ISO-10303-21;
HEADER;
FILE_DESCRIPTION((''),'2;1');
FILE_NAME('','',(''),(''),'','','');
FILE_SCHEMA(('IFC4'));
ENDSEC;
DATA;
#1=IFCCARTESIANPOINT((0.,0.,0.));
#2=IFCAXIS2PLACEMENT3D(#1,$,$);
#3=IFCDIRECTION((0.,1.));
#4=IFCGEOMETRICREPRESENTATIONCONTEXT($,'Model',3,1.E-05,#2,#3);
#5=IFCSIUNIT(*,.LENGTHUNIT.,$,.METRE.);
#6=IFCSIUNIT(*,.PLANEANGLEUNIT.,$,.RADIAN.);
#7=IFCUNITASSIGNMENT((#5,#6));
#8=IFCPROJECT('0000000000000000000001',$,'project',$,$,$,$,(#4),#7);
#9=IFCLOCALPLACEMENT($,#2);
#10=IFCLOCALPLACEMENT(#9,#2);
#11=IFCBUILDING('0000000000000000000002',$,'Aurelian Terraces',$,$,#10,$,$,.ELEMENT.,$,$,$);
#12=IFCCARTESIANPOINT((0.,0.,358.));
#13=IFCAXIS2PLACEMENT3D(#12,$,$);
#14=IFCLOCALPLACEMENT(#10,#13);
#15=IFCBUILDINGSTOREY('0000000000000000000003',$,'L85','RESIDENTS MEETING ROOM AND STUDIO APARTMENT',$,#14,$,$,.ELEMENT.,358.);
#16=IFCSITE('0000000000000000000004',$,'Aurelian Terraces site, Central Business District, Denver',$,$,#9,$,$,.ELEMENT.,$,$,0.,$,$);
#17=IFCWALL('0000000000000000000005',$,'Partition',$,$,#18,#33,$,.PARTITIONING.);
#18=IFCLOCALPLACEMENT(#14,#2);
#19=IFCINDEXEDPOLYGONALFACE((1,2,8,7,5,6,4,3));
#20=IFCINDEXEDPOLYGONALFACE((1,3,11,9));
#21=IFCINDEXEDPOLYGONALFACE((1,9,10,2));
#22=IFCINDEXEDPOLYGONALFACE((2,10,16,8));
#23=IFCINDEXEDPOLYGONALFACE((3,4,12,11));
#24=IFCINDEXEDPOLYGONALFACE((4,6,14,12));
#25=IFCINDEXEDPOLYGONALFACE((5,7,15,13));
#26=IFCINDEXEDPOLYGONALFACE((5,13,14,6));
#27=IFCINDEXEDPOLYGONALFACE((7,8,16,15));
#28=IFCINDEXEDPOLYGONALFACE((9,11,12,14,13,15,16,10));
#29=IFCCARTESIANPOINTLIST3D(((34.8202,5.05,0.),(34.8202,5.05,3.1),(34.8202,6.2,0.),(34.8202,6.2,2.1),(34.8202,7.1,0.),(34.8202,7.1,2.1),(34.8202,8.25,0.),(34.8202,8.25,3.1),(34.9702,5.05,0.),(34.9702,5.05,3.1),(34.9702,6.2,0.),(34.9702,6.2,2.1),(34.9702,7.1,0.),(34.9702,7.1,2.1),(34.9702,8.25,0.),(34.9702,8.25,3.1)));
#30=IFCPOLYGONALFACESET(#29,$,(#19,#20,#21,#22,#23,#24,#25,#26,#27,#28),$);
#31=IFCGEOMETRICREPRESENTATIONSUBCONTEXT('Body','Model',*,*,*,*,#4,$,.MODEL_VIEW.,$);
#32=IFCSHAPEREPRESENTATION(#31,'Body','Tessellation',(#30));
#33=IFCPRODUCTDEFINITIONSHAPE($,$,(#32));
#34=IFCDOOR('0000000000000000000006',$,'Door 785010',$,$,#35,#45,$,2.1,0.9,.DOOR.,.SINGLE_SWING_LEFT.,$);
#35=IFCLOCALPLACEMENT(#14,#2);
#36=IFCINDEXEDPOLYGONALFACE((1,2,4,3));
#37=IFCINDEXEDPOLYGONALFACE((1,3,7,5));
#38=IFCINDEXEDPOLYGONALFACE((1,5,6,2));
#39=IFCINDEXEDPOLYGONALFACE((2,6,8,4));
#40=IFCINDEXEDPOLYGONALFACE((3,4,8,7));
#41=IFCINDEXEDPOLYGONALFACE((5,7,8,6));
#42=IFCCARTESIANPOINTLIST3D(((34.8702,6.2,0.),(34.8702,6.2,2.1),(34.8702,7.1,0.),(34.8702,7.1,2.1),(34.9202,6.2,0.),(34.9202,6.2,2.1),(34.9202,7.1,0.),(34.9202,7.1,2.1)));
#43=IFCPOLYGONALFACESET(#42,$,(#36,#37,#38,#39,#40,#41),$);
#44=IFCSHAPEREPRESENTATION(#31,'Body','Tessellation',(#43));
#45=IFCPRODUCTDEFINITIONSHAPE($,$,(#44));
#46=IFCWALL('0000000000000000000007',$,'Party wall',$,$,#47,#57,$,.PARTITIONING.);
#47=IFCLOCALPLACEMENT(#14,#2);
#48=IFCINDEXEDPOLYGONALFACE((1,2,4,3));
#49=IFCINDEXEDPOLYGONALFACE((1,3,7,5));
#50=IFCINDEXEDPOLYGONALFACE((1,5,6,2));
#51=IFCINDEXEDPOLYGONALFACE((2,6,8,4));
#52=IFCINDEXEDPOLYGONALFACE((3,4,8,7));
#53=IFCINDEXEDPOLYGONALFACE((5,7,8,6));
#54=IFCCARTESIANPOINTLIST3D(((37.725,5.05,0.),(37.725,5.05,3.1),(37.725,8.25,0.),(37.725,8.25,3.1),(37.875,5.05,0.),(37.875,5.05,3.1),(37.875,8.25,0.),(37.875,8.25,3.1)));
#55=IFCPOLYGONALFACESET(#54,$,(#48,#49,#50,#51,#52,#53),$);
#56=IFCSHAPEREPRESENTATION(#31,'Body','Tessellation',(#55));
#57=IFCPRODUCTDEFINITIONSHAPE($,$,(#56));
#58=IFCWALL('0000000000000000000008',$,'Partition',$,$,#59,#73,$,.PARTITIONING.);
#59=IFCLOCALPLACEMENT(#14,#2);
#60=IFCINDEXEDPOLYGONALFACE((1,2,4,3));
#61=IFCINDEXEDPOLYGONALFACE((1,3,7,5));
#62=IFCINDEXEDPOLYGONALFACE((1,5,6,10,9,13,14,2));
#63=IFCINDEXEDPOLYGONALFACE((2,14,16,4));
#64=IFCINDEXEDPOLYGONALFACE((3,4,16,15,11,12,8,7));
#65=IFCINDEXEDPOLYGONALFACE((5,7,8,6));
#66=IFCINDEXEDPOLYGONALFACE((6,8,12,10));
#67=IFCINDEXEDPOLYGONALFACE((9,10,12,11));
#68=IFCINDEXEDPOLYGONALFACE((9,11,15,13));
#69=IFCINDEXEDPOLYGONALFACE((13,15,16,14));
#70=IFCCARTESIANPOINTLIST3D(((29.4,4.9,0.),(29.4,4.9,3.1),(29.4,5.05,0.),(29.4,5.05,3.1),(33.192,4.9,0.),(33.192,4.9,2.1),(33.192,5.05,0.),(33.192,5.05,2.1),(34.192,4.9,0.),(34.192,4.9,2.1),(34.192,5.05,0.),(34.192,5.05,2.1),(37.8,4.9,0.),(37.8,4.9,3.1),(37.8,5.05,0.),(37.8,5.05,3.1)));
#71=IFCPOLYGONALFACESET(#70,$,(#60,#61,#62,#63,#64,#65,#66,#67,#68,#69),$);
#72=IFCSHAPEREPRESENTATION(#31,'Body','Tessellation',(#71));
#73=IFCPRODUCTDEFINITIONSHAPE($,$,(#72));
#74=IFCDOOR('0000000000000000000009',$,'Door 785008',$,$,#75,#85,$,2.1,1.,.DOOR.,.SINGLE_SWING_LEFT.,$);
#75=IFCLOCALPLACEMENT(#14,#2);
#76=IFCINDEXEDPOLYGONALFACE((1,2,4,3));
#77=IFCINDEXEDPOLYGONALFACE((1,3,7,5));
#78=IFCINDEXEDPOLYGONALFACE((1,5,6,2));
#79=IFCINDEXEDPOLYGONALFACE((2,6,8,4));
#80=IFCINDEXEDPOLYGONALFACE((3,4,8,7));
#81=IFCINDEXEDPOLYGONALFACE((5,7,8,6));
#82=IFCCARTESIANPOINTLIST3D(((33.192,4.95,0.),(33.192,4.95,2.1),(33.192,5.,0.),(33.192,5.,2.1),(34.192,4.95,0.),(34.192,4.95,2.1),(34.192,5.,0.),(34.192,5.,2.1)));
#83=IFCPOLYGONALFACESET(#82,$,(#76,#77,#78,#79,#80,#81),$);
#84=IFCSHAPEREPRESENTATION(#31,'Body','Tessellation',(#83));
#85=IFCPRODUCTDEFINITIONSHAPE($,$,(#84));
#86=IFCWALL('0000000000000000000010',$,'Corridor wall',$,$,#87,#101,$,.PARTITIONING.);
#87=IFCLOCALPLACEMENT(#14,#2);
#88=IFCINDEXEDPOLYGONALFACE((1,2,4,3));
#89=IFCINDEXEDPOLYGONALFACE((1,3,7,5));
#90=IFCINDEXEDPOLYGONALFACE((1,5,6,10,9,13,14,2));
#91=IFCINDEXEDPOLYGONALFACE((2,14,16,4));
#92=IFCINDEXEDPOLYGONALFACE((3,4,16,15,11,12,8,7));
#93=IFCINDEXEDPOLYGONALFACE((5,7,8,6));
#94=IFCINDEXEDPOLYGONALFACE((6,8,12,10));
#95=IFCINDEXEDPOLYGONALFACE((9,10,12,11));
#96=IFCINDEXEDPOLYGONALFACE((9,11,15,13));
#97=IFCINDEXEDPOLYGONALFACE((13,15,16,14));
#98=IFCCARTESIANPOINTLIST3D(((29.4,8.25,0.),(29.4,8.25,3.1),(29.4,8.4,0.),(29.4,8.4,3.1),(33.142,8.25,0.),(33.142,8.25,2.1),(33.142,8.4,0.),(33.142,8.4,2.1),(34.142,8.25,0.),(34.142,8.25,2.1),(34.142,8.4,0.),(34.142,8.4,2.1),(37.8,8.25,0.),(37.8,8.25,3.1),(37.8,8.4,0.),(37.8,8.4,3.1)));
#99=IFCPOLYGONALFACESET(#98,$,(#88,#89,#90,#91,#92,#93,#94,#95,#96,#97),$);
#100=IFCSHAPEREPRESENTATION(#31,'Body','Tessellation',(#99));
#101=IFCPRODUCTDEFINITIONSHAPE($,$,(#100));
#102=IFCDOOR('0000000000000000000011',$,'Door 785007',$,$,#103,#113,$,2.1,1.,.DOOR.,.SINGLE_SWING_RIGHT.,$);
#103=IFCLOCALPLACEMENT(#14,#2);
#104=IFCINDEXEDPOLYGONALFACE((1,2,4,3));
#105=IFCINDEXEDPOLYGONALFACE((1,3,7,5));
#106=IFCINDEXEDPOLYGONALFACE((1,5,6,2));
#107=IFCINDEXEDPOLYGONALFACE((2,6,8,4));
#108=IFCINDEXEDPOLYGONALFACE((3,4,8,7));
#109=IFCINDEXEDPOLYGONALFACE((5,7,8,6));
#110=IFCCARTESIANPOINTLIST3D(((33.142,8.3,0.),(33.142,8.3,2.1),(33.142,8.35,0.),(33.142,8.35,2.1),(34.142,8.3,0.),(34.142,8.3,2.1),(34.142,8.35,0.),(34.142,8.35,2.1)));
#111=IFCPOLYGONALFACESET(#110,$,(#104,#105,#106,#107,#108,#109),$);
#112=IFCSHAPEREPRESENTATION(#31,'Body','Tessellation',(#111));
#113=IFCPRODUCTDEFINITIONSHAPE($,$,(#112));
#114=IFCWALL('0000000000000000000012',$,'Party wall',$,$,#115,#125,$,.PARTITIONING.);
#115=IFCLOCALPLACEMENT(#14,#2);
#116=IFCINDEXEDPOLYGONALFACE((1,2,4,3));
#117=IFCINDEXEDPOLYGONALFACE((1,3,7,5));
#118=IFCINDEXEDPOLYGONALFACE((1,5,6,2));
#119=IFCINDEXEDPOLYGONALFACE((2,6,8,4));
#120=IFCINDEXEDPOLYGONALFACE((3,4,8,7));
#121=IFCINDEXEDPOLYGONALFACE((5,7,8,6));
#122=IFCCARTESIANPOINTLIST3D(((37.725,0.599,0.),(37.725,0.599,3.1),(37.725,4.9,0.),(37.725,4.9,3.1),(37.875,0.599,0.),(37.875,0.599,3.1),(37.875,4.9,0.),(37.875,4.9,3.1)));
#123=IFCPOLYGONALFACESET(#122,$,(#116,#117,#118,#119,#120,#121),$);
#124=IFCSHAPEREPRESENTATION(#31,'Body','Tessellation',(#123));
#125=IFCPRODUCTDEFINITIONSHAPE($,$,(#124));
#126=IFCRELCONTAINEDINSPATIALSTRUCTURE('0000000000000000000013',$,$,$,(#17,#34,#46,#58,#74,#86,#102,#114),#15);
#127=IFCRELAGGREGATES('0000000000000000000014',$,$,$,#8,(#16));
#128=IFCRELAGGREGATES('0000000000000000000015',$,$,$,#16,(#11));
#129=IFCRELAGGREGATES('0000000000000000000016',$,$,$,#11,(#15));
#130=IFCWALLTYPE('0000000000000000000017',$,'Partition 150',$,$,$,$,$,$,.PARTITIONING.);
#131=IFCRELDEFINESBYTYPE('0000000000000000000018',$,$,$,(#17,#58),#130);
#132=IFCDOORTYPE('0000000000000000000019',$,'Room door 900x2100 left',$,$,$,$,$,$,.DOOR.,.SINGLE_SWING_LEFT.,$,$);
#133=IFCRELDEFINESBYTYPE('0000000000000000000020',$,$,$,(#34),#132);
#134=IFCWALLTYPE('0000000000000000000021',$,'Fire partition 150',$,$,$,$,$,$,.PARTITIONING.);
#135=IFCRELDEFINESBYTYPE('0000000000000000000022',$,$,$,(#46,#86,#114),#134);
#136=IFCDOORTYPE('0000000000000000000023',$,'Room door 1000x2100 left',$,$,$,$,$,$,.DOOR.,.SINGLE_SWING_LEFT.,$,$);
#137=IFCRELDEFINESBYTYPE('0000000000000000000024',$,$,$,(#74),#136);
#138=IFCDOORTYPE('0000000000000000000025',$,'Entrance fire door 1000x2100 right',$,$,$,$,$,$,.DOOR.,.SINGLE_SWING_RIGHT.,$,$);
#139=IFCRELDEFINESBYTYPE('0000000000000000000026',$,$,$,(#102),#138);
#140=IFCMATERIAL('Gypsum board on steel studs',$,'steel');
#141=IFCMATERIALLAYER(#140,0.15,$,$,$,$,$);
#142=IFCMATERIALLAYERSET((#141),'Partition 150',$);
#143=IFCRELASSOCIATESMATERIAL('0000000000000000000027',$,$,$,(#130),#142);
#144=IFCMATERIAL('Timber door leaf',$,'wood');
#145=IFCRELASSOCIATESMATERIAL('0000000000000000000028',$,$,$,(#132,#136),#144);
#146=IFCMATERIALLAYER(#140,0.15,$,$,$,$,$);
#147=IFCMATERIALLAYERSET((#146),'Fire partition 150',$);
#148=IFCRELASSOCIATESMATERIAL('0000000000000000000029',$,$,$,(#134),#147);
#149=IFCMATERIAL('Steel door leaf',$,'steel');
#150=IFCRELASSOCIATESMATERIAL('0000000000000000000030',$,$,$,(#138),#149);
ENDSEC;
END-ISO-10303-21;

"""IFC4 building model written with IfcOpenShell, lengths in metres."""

from ifc_helpers import new_model, si_unit, direction, frame, frame_2d, origin, place, context, subcontext, project, spatial, rectangle, extrude, source, transform, mapped, material, layer, layer_set, type_object, element, fill, save


model = new_model("IFC4")

# Units and contexts
model_context = context("Model", 3, precision=1e-05, world=origin(), true_north=direction((0.0, 1.0)))
body_context = subcontext(model_context, "Body", "Model", "MODEL_VIEW")
ifc_project = project(units=[si_unit("LENGTHUNIT", "METRE"), si_unit("PLANEANGLEUNIT", "RADIAN")], contexts=[model_context])

# Site, building, storey
site_placement = place(None, origin())
site = spatial("IfcSite", under=ifc_project, at=site_placement, Name="Aurelian Terraces site, Central Business District, Denver", CompositionType="ELEMENT", RefElevation=0.0)
building_placement = place(site_placement, origin())
building = spatial("IfcBuilding", under=site, at=building_placement, Name="Aurelian Terraces", CompositionType="ELEMENT")
storey_placement = place(building_placement, frame((0.0, 0.0, 358.0)))
storey = spatial("IfcBuildingStorey", under=building, at=storey_placement, Name="L85", Description="RESIDENTS MEETING ROOM AND STUDIO APARTMENT", CompositionType="ELEMENT", Elevation=358.0)

# Shared definitions
ifc_material_1 = material(Name="Gypsum board on steel studs", Category="steel")
ifc_layer_1 = layer(ifc_material_1, 0.15)
ifc_layer_set_1 = layer_set([ifc_layer_1], Name="Partition 150")
wall_type_1 = type_object("IfcWallType", Name="Partition 150", PredefinedType="PARTITIONING", material=ifc_layer_set_1)

# Wall, opening, door
shared_shape_1 = source(origin(), body_context, "Body", "SweptSolid", [
    extrude(rectangle(XDim=3.2, YDim=0.15, at=frame_2d((1.6, 0.0))), origin(), (0.0, 0.0, 1.0), 3.1),
])
shared_shape_2 = source(origin(), body_context, "Body", "SweptSolid", [
    extrude(rectangle(XDim=0.9, YDim=2.1, at=frame_2d((0.45, 1.05))), frame((0.0, 0.085, 0.0), z_axis=(0.0, -1.0, 0.0), x_axis=(1.0, 0.0, 0.0)), (0.0, 0.0, 1.0), 0.17),
])
ifc_material_2 = material(Name="Timber door leaf", Category="wood")
shared_shape_3 = source(origin(), body_context, "Body", "SweptSolid", [
    extrude(rectangle(XDim=0.9, YDim=2.1, at=frame_2d((0.45, 1.05))), frame((0.0, 0.025, 0.0), z_axis=(0.0, -1.0, 0.0), x_axis=(1.0, 0.0, 0.0)), (0.0, 0.0, 1.0), 0.05),
])
wall_1_placement = place(storey_placement, frame((34.8952, 5.05, 0.0), z_axis=(0.0, 0.0, 1.0), x_axis=(0.0, 1.0, 0.0)))
wall_1 = element("IfcWall", 1, at=wall_1_placement, inside=storey, type_object=wall_type_1, Name="Partition", PredefinedType="PARTITIONING", context=body_context, shape_type="MappedRepresentation", body=[
    mapped(shared_shape_1, transform((0.0, 0.0, 0.0), scale=1.0)),
])
opening_1_placement = place(wall_1_placement, frame((1.15, 0.0, 0.0)))
opening_1 = element("IfcOpeningElement", 2, at=opening_1_placement, cuts=wall_1, PredefinedType="OPENING", context=body_context, shape_type="MappedRepresentation", body=[
    mapped(shared_shape_2, transform((0.0, 0.0, 0.0), scale=1.0)),
])
door_type_1 = type_object("IfcDoorType", Name="Room door 900x2100 left", OperationType="SINGLE_SWING_LEFT", PredefinedType="DOOR", material=ifc_material_2)
door_1_placement = place(opening_1_placement, origin())
door_1 = element("IfcDoor", 3, at=door_1_placement, inside=storey, type_object=door_type_1, Name="Door 785010", OperationType="SINGLE_SWING_LEFT", OverallHeight=2.1, OverallWidth=0.9, PredefinedType="DOOR", context=body_context, shape_type="MappedRepresentation", body=[
    mapped(shared_shape_3, transform((0.0, 0.0, 0.0), scale=1.0)),
])
fill(opening_1, door_1)

# Wall
ifc_layer_2 = layer(ifc_material_1, 0.15)
ifc_layer_set_2 = layer_set([ifc_layer_2], Name="Fire partition 150")
wall_type_2 = type_object("IfcWallType", Name="Fire partition 150", PredefinedType="PARTITIONING", material=ifc_layer_set_2)
wall_2_placement = place(storey_placement, frame((37.8, 5.05, 0.0), z_axis=(0.0, 0.0, 1.0), x_axis=(0.0, 1.0, 0.0)))
element("IfcWall", 4, at=wall_2_placement, inside=storey, type_object=wall_type_2, Name="Party wall", PredefinedType="PARTITIONING", context=body_context, shape_type="MappedRepresentation", body=[
    mapped(shared_shape_1, transform((0.0, 0.0, 0.0), scale=1.0)),
])

# Walls, openings, doors
shared_shape_4 = source(origin(), body_context, "Body", "SweptSolid", [
    extrude(rectangle(XDim=8.4, YDim=0.15, at=frame_2d((4.2, 0.0))), origin(), (0.0, 0.0, 1.0), 3.1),
])
wall_3_placement = place(storey_placement, frame((37.8, 4.975, 0.0), z_axis=(0.0, 0.0, 1.0), x_axis=(-1.0, 0.0, 0.0)))
wall_3 = element("IfcWall", 5, at=wall_3_placement, inside=storey, type_object=wall_type_1, Name="Partition", PredefinedType="PARTITIONING", context=body_context, shape_type="MappedRepresentation", body=[
    mapped(shared_shape_4, transform((0.0, 0.0, 0.0), scale=1.0)),
])
shared_shape_5 = source(origin(), body_context, "Body", "SweptSolid", [
    extrude(rectangle(XDim=1.0, YDim=2.1, at=frame_2d((0.5, 1.05))), frame((0.0, 0.085, 0.0), z_axis=(0.0, -1.0, 0.0), x_axis=(1.0, 0.0, 0.0)), (0.0, 0.0, 1.0), 0.17),
])
opening_2_placement = place(wall_3_placement, frame((3.608, 0.0, 0.0)))
opening_2 = element("IfcOpeningElement", 6, at=opening_2_placement, cuts=wall_3, PredefinedType="OPENING", context=body_context, shape_type="MappedRepresentation", body=[
    mapped(shared_shape_5, transform((0.0, 0.0, 0.0), scale=1.0)),
])
door_type_2 = type_object("IfcDoorType", Name="Room door 1000x2100 left", OperationType="SINGLE_SWING_LEFT", PredefinedType="DOOR", material=ifc_material_2)
shared_shape_6 = source(origin(), body_context, "Body", "SweptSolid", [
    extrude(rectangle(XDim=1.0, YDim=2.1, at=frame_2d((0.5, 1.05))), frame((0.0, 0.025, 0.0), z_axis=(0.0, -1.0, 0.0), x_axis=(1.0, 0.0, 0.0)), (0.0, 0.0, 1.0), 0.05),
])
door_2_placement = place(opening_2_placement, origin())
door_2 = element("IfcDoor", 7, at=door_2_placement, inside=storey, type_object=door_type_2, Name="Door 785008", OperationType="SINGLE_SWING_LEFT", OverallHeight=2.1, OverallWidth=1.0, PredefinedType="DOOR", context=body_context, shape_type="MappedRepresentation", body=[
    mapped(shared_shape_6, transform((0.0, 0.0, 0.0), scale=1.0)),
])
fill(opening_2, door_2)
wall_4_placement = place(storey_placement, frame((37.8, 8.325, 0.0), z_axis=(0.0, 0.0, 1.0), x_axis=(-1.0, 0.0, 0.0)))
wall_4 = element("IfcWall", 8, at=wall_4_placement, inside=storey, type_object=wall_type_2, Name="Corridor wall", PredefinedType="PARTITIONING", context=body_context, shape_type="MappedRepresentation", body=[
    mapped(shared_shape_4, transform((0.0, 0.0, 0.0), scale=1.0)),
])
opening_3_placement = place(wall_4_placement, frame((3.658, 0.0, 0.0)))
opening_3 = element("IfcOpeningElement", 9, at=opening_3_placement, cuts=wall_4, PredefinedType="OPENING", context=body_context, shape_type="MappedRepresentation", body=[
    mapped(shared_shape_5, transform((0.0, 0.0, 0.0), scale=1.0)),
])
ifc_material_3 = material(Name="Steel door leaf", Category="steel")
door_type_3 = type_object("IfcDoorType", Name="Entrance fire door 1000x2100 right", OperationType="SINGLE_SWING_RIGHT", PredefinedType="DOOR", material=ifc_material_3)
door_3_placement = place(opening_3_placement, origin())
door_3 = element("IfcDoor", 10, at=door_3_placement, inside=storey, type_object=door_type_3, Name="Door 785007", OperationType="SINGLE_SWING_RIGHT", OverallHeight=2.1, OverallWidth=1.0, PredefinedType="DOOR", context=body_context, shape_type="MappedRepresentation", body=[
    mapped(shared_shape_6, transform((0.0, 0.0, 0.0), scale=1.0)),
])
fill(opening_3, door_3)

# Wall
shared_shape_7 = source(origin(), body_context, "Body", "SweptSolid", [
    extrude(rectangle(XDim=4.301, YDim=0.15, at=frame_2d((2.1505, 0.0))), origin(), (0.0, 0.0, 1.0), 3.1),
])
wall_5_placement = place(storey_placement, frame((37.8, 0.599, 0.0), z_axis=(0.0, 0.0, 1.0), x_axis=(0.0, 1.0, 0.0)))
element("IfcWall", 11, at=wall_5_placement, inside=storey, type_object=wall_type_2, Name="Party wall", PredefinedType="PARTITIONING", context=body_context, shape_type="MappedRepresentation", body=[
    mapped(shared_shape_7, transform((0.0, 0.0, 0.0), scale=1.0)),
])

save(model, "model.ifc")
